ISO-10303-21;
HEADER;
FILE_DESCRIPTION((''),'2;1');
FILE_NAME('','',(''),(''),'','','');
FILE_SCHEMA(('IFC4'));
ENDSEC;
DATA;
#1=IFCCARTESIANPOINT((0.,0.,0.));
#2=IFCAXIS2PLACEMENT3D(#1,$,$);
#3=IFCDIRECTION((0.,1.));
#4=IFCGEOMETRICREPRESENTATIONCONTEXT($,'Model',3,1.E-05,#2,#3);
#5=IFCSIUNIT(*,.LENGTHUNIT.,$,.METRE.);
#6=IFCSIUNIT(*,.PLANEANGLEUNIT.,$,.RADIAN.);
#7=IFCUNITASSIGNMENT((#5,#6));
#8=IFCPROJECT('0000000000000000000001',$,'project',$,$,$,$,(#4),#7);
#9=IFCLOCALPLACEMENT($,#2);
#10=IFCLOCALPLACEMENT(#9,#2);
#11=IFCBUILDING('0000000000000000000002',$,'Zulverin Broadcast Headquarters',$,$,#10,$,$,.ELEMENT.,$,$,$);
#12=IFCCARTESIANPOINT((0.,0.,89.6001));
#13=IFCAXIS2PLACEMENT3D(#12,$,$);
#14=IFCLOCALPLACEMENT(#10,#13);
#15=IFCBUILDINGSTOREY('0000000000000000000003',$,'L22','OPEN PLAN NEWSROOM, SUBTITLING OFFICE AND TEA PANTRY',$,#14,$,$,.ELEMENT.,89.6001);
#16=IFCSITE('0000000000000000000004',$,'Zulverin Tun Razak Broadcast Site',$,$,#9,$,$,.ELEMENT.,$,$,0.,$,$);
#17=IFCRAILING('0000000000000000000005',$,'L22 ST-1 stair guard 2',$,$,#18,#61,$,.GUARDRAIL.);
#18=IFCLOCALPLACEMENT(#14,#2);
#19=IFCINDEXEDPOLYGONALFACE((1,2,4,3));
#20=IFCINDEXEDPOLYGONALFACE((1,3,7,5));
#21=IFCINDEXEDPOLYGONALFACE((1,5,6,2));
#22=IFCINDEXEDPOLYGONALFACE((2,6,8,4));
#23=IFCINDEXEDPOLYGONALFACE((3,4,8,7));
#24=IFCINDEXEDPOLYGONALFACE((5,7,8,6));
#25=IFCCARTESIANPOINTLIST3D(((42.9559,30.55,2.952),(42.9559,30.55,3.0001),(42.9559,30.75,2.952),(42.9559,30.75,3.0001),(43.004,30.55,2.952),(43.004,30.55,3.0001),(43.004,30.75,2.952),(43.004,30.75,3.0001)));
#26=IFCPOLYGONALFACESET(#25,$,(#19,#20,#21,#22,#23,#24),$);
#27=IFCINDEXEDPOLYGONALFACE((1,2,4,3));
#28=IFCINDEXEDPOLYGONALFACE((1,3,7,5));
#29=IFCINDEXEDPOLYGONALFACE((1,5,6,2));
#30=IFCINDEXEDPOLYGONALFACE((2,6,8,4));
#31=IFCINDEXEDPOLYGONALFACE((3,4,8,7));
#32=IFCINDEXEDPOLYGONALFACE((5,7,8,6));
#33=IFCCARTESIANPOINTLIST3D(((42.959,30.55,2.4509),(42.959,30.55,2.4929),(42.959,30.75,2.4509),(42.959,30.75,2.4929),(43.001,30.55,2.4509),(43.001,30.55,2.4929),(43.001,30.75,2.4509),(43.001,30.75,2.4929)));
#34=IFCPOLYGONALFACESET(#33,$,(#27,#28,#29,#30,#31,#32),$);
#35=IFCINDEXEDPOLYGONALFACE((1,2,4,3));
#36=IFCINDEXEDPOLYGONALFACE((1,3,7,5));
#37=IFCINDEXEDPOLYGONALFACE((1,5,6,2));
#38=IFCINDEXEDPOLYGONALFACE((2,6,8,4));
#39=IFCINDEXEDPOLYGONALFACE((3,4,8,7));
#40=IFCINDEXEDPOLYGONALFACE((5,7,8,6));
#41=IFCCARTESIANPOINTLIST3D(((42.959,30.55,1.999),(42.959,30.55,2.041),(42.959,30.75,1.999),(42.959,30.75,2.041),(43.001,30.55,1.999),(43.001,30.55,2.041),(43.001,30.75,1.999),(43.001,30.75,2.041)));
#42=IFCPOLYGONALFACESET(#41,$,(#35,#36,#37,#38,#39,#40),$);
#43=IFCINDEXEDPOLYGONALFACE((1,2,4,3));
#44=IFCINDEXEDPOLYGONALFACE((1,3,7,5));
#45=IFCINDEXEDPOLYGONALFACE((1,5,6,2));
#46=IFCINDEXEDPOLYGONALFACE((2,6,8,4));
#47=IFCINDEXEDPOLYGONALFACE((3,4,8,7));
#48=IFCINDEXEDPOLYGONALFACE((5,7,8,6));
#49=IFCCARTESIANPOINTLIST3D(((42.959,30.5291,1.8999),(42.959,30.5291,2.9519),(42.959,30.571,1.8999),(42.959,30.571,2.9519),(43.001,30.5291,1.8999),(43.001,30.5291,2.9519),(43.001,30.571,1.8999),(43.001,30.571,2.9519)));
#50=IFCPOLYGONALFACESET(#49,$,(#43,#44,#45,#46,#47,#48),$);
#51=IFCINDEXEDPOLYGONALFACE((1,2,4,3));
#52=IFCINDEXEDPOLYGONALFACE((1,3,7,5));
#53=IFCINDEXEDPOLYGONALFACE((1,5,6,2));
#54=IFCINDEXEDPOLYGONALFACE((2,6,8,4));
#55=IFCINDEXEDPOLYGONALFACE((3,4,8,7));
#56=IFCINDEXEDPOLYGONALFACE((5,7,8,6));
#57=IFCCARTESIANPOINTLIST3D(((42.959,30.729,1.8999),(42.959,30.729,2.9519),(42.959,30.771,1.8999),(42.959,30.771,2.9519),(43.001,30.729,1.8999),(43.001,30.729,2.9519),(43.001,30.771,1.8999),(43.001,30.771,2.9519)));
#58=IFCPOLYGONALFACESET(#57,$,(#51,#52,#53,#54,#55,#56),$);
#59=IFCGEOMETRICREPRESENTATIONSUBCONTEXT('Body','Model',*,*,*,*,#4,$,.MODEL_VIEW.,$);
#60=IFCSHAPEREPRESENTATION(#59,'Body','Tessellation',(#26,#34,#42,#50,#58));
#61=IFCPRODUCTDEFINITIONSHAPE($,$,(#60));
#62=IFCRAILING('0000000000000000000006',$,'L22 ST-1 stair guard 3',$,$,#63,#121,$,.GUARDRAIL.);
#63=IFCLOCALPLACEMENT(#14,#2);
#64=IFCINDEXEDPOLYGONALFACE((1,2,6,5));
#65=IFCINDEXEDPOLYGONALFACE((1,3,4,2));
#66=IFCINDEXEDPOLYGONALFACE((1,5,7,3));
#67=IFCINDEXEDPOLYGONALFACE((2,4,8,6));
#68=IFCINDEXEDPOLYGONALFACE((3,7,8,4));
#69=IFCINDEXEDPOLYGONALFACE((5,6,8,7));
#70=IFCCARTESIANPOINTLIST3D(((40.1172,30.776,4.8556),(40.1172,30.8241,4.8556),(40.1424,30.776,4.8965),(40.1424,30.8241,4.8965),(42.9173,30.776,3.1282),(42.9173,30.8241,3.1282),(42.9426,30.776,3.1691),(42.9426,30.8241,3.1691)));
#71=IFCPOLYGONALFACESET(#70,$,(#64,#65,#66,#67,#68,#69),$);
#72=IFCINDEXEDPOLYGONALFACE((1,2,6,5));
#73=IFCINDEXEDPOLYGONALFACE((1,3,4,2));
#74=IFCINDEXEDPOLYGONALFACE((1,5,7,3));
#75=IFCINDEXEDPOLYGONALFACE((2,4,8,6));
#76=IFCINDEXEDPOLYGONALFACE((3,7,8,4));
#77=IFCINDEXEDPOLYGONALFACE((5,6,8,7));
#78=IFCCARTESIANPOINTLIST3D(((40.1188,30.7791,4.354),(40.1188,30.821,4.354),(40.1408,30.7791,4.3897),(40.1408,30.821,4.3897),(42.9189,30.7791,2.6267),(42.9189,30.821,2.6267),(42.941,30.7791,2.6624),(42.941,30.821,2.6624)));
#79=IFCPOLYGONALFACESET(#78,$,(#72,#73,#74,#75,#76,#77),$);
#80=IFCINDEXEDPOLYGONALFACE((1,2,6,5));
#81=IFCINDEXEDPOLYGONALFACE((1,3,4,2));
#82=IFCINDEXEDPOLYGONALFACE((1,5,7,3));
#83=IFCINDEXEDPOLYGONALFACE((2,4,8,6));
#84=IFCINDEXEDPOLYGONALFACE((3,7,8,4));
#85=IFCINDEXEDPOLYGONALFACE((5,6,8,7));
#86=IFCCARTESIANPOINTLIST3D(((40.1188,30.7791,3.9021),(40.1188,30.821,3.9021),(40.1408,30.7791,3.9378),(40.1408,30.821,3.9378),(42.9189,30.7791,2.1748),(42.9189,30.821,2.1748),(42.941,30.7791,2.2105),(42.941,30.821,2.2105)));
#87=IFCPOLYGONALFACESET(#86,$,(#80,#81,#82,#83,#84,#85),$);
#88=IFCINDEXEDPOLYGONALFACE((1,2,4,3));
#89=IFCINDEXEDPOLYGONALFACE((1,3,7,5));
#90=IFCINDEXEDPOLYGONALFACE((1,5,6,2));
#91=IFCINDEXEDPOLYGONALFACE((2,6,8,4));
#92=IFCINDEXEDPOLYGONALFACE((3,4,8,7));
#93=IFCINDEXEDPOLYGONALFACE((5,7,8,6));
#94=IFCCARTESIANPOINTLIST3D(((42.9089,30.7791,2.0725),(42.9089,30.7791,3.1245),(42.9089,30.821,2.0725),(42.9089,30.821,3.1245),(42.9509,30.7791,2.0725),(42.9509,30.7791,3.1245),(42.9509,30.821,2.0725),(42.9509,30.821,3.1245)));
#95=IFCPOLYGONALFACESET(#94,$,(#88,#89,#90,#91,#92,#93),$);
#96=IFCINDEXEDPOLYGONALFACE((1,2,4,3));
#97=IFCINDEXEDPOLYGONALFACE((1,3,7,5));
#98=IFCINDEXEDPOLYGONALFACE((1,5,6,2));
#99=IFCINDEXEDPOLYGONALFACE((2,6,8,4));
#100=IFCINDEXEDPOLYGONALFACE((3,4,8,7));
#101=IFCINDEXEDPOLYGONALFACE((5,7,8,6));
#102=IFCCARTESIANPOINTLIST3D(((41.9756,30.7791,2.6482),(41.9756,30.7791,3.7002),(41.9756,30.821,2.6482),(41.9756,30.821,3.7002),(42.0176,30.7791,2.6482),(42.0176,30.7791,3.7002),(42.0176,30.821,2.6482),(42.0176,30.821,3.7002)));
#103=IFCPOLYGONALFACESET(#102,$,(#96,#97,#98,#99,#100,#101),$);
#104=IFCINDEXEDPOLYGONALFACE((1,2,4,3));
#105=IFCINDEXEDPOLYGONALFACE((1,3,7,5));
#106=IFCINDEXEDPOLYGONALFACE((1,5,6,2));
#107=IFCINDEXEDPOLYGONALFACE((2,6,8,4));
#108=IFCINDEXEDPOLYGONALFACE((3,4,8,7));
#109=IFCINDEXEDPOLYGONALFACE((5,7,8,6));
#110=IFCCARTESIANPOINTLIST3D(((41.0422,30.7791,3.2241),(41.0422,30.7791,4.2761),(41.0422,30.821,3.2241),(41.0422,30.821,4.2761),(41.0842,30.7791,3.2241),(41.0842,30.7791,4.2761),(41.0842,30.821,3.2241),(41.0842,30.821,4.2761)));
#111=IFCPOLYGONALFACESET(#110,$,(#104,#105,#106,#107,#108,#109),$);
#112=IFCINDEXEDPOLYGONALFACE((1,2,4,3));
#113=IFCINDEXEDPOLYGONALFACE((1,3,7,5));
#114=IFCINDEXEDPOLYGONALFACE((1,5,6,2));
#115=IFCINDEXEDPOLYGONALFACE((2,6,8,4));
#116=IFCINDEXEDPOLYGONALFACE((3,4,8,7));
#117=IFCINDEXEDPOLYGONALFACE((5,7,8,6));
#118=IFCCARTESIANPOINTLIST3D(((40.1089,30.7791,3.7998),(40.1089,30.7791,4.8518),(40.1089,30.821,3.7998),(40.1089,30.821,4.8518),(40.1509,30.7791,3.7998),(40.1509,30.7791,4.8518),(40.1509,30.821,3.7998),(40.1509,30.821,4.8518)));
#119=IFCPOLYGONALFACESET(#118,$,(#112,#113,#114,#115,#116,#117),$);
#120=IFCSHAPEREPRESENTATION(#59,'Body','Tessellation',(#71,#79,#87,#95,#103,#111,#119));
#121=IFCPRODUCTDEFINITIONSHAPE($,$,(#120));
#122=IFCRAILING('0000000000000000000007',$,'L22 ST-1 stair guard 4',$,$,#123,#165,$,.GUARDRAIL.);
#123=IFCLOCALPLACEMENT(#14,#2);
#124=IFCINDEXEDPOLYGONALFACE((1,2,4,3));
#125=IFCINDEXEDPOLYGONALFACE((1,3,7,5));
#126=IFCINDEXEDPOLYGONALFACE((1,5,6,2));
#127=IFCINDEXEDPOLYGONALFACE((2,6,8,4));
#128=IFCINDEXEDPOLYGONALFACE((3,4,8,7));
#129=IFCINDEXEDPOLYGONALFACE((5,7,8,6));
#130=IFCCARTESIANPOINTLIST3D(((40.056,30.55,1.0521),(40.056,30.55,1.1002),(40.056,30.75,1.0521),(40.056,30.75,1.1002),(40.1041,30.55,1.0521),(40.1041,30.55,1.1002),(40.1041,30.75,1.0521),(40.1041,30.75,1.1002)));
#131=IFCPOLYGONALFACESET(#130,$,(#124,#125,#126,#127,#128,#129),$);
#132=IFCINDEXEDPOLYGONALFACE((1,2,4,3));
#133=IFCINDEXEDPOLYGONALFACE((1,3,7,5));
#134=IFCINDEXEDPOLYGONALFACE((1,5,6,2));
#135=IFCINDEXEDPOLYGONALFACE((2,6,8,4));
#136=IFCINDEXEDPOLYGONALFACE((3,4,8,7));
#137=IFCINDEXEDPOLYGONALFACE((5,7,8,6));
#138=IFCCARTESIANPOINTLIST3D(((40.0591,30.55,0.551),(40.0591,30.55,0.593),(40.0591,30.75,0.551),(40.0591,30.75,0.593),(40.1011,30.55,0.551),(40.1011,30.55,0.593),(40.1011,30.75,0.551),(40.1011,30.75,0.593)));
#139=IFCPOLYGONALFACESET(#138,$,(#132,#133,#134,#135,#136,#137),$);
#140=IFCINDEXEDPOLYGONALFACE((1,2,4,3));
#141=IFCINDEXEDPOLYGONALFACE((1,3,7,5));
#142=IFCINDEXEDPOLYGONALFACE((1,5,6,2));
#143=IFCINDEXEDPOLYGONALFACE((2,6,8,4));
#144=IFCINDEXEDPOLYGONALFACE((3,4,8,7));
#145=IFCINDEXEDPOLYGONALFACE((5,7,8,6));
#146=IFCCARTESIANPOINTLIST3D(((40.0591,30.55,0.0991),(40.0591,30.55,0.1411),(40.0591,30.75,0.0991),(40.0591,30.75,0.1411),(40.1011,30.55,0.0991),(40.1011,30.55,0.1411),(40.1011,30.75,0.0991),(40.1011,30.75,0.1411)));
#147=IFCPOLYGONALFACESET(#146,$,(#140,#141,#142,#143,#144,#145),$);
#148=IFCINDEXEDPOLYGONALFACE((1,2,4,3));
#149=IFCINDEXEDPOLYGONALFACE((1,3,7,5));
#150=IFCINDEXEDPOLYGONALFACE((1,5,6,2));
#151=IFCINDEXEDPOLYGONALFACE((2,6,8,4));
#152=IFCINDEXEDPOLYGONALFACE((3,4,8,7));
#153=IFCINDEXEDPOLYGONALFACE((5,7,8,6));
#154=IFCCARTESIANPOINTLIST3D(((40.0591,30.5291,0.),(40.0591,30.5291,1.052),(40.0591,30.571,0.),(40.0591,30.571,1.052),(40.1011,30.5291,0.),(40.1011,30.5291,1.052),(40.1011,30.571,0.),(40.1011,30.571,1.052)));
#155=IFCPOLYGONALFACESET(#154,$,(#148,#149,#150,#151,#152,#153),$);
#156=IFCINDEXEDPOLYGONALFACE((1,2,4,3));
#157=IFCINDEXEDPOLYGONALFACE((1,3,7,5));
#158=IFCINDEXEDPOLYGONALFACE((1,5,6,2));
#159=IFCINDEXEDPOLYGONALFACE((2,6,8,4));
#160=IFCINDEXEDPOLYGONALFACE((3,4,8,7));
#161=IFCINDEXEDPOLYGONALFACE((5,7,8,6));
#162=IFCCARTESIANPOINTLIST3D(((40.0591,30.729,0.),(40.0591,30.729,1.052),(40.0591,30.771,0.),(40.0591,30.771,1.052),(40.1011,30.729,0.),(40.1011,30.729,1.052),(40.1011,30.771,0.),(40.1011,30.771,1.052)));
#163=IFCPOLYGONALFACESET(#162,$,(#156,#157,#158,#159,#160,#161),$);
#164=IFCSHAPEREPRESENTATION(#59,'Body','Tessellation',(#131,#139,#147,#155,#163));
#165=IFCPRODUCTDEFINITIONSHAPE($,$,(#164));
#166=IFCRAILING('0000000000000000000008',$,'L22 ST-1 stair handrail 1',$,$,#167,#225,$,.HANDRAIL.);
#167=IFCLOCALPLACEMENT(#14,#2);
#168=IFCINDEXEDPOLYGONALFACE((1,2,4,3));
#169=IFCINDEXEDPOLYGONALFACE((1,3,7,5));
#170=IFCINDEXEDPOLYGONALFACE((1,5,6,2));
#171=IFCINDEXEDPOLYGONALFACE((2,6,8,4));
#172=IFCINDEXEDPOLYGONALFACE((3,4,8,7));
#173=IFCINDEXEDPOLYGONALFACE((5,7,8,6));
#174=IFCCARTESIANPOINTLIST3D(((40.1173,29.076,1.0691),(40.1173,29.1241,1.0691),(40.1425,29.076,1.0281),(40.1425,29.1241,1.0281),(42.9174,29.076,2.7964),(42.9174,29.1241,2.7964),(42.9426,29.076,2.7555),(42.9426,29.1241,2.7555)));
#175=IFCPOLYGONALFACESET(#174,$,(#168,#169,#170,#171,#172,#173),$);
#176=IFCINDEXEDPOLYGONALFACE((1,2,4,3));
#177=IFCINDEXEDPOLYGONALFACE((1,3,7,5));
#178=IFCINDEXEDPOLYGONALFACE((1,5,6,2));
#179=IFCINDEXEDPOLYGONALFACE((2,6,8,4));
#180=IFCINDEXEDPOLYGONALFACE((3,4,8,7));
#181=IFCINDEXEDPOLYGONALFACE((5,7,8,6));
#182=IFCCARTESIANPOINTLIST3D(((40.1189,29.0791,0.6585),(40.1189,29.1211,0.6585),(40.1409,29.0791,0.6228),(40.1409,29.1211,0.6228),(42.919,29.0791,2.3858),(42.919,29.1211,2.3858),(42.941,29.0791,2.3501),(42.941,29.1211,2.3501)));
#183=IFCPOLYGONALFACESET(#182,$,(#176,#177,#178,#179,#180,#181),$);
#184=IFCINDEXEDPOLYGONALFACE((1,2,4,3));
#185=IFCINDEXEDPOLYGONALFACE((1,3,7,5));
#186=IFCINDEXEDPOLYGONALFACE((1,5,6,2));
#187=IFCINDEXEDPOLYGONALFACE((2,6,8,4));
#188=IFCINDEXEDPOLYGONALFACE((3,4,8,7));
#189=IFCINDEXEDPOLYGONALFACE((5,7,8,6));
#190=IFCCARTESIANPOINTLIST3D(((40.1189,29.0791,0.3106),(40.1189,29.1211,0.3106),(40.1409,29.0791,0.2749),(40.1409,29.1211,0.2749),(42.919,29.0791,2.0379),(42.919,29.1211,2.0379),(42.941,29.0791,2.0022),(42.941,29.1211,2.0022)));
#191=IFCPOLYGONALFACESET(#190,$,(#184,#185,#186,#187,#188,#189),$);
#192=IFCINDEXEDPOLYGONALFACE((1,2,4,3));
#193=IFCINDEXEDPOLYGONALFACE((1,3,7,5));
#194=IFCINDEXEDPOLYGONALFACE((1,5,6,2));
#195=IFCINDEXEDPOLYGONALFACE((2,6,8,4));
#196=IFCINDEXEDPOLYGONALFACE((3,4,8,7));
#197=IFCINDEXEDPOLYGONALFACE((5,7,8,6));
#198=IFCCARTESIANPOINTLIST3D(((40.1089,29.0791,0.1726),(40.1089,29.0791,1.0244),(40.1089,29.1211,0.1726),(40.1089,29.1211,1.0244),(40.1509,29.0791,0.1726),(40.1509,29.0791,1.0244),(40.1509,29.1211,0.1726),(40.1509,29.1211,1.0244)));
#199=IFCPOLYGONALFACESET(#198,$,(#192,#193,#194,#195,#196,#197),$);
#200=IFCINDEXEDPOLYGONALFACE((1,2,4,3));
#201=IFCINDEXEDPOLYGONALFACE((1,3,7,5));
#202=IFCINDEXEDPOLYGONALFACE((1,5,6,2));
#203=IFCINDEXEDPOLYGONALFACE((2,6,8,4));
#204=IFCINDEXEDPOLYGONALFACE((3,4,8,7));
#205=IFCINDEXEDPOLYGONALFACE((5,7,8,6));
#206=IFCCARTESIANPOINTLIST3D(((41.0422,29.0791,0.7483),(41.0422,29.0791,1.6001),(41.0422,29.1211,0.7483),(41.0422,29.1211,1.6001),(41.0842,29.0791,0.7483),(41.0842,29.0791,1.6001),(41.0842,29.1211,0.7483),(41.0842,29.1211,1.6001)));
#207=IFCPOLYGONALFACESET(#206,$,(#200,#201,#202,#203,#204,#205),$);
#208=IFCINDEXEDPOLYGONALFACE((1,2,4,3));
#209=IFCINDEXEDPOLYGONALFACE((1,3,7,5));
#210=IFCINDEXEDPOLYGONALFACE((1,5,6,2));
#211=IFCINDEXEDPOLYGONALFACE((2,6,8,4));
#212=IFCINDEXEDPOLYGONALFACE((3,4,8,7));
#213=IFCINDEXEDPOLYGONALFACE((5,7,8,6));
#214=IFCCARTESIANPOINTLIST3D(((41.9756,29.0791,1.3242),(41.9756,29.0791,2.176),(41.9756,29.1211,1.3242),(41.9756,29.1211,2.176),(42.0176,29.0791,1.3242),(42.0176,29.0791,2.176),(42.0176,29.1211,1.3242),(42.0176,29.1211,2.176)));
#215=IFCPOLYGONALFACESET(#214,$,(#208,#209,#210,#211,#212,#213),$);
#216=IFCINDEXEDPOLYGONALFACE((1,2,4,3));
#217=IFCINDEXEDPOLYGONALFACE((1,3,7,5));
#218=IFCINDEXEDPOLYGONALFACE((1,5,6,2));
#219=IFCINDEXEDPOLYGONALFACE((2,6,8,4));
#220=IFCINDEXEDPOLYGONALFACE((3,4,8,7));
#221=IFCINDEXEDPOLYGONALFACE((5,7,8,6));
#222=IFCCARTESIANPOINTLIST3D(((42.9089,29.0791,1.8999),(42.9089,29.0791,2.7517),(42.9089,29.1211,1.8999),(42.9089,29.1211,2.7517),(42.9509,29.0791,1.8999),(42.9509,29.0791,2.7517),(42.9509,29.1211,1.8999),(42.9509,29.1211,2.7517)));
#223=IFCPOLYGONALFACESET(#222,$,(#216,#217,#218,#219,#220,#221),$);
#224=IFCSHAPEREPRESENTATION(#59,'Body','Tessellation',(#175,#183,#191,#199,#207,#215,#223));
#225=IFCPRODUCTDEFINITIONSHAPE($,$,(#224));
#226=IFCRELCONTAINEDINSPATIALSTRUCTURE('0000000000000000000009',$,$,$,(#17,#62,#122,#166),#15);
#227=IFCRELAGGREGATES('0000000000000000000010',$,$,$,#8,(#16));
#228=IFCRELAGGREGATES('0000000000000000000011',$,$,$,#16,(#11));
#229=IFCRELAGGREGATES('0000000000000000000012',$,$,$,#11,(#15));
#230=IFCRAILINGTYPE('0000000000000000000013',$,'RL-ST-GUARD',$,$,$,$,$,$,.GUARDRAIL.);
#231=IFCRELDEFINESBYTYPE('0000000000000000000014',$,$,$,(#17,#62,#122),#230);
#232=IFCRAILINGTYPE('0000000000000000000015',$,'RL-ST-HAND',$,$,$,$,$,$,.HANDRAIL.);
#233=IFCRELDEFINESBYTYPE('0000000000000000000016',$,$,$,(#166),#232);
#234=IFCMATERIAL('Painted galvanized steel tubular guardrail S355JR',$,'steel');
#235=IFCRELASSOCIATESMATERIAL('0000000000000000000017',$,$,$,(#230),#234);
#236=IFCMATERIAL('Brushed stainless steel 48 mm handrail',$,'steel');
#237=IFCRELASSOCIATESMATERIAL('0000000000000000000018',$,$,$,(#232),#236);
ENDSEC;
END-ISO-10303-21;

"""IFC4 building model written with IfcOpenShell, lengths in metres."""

from ifc_helpers import new_model, si_unit, direction, frame, origin, origin_2d, place, context, subcontext, project, spatial, rectangle, extrude, material, type_object, element, save


model = new_model("IFC4")

# Units and contexts
model_context = context("Model", 3, precision=1e-05, world=origin(), true_north=direction((0.0, 1.0)))
body_context = subcontext(model_context, "Body", "Model", "MODEL_VIEW")
ifc_project = project(units=[si_unit("LENGTHUNIT", "METRE"), si_unit("PLANEANGLEUNIT", "RADIAN")], contexts=[model_context])

# Site, building, storey
site_placement = place(None, origin())
site = spatial("IfcSite", under=ifc_project, at=site_placement, Name="Zulverin Tun Razak Broadcast Site", CompositionType="ELEMENT", RefElevation=0.0)
building_placement = place(site_placement, origin())
building = spatial("IfcBuilding", under=site, at=building_placement, Name="Zulverin Broadcast Headquarters", CompositionType="ELEMENT")
storey_placement = place(building_placement, frame((0.0, 0.0, 89.6001)))
storey = spatial("IfcBuildingStorey", under=building, at=storey_placement, Name="L22", Description="OPEN PLAN NEWSROOM, SUBTITLING OFFICE AND TEA PANTRY", CompositionType="ELEMENT", Elevation=89.6001)

# Railings
ifc_material_1 = material(Name="Painted galvanized steel tubular guardrail S355JR", Category="steel")
railing_type_1 = type_object("IfcRailingType", Name="RL-ST-GUARD", PredefinedType="GUARDRAIL", material=ifc_material_1)
railing_1_placement = place(storey_placement, frame((42.98, 30.55, 1.8999)))
element("IfcRailing", 1, at=railing_1_placement, inside=storey, type_object=railing_type_1, Name="L22 ST-1 stair guard 2", PredefinedType="GUARDRAIL", context=body_context, shape_type="SweptSolid", body=[
    extrude(rectangle(XDim=0.0481, YDim=0.0481, at=origin_2d()), frame((0.0, 0.0, 1.0762), z_axis=(0.0, 1.0, 0.0), x_axis=(-1.0, 0.0, 0.0)), (0.0, 0.0, 1.0), 0.2),
    extrude(rectangle(XDim=0.042, YDim=0.042, at=origin_2d()), frame((0.0, 0.0, 0.572), z_axis=(0.0, 1.0, 0.0), x_axis=(-1.0, 0.0, 0.0)), (0.0, 0.0, 1.0), 0.2),
    extrude(rectangle(XDim=0.042, YDim=0.042, at=origin_2d()), frame((0.0, 0.0, 0.1201), z_axis=(0.0, 1.0, 0.0), x_axis=(-1.0, 0.0, 0.0)), (0.0, 0.0, 1.0), 0.2),
    extrude(rectangle(XDim=0.042, YDim=0.042, at=origin_2d()), origin(), (0.0, 0.0, 1.0), 1.052),
    extrude(rectangle(XDim=0.042, YDim=0.042, at=origin_2d()), frame((0.0, 0.2, 0.0)), (0.0, 0.0, 1.0), 1.052),
])
railing_2_placement = place(storey_placement, frame((42.9299, 30.8, 2.0725)))
element("IfcRailing", 2, at=railing_2_placement, inside=storey, type_object=railing_type_1, Name="L22 ST-1 stair guard 3", PredefinedType="GUARDRAIL", context=body_context, shape_type="SweptSolid", body=[
    extrude(rectangle(XDim=0.0481, YDim=0.0481, at=origin_2d()), frame((0.0, 0.0, 1.0762), z_axis=(-0.85109, 0.0, 0.52502), x_axis=(0.0, -1.0, 0.0)), (0.0, 0.0, 1.0), 3.29),
    extrude(rectangle(XDim=0.042, YDim=0.042, at=origin_2d()), frame((0.0, 0.0, 0.572), z_axis=(-0.85109, 0.0, 0.52502), x_axis=(0.0, -1.0, 0.0)), (0.0, 0.0, 1.0), 3.29),
    extrude(rectangle(XDim=0.042, YDim=0.042, at=origin_2d()), frame((0.0, 0.0, 0.1201), z_axis=(-0.85109, 0.0, 0.52502), x_axis=(0.0, -1.0, 0.0)), (0.0, 0.0, 1.0), 3.29),
    extrude(rectangle(XDim=0.042, YDim=0.042, at=origin_2d()), origin(), (0.0, 0.0, 1.0), 1.052),
    extrude(rectangle(XDim=0.042, YDim=0.042, at=origin_2d()), frame((-0.9333, 0.0, 0.5757)), (0.0, 0.0, 1.0), 1.052),
    extrude(rectangle(XDim=0.042, YDim=0.042, at=origin_2d()), frame((-1.8667, 0.0, 1.1516)), (0.0, 0.0, 1.0), 1.052),
    extrude(rectangle(XDim=0.042, YDim=0.042, at=origin_2d()), frame((-2.8, 0.0, 1.7273)), (0.0, 0.0, 1.0), 1.052),
])
railing_3_placement = place(storey_placement, frame((40.0801, 30.55, 0.0)))
element("IfcRailing", 3, at=railing_3_placement, inside=storey, type_object=railing_type_1, Name="L22 ST-1 stair guard 4", PredefinedType="GUARDRAIL", context=body_context, shape_type="SweptSolid", body=[
    extrude(rectangle(XDim=0.0481, YDim=0.0481, at=origin_2d()), frame((0.0, 0.0, 1.0762), z_axis=(0.0, 1.0, 0.0), x_axis=(-1.0, 0.0, 0.0)), (0.0, 0.0, 1.0), 0.2),
    extrude(rectangle(XDim=0.042, YDim=0.042, at=origin_2d()), frame((0.0, 0.0, 0.572), z_axis=(0.0, 1.0, 0.0), x_axis=(-1.0, 0.0, 0.0)), (0.0, 0.0, 1.0), 0.2),
    extrude(rectangle(XDim=0.042, YDim=0.042, at=origin_2d()), frame((0.0, 0.0, 0.1201), z_axis=(0.0, 1.0, 0.0), x_axis=(-1.0, 0.0, 0.0)), (0.0, 0.0, 1.0), 0.2),
    extrude(rectangle(XDim=0.042, YDim=0.042, at=origin_2d()), origin(), (0.0, 0.0, 1.0), 1.052),
    extrude(rectangle(XDim=0.042, YDim=0.042, at=origin_2d()), frame((0.0, 0.2, 0.0)), (0.0, 0.0, 1.0), 1.052),
])
ifc_material_2 = material(Name="Brushed stainless steel 48 mm handrail", Category="steel")
railing_type_2 = type_object("IfcRailingType", Name="RL-ST-HAND", PredefinedType="HANDRAIL", material=ifc_material_2)
railing_4_placement = place(storey_placement, frame((40.1299, 29.1001, 0.1726)))
element("IfcRailing", 4, at=railing_4_placement, inside=storey, type_object=railing_type_2, Name="L22 ST-1 stair handrail 1", PredefinedType="HANDRAIL", context=body_context, shape_type="SweptSolid", body=[
    extrude(rectangle(XDim=0.0481, YDim=0.0481, at=origin_2d()), frame((0.0, 0.0, 0.876), z_axis=(0.85109, 0.0, 0.52502), x_axis=(0.0, 1.0, 0.0)), (0.0, 0.0, 1.0), 3.29),
    extrude(rectangle(XDim=0.042, YDim=0.042, at=origin_2d()), frame((0.0, 0.0, 0.468), z_axis=(0.85109, 0.0, 0.52502), x_axis=(0.0, 1.0, 0.0)), (0.0, 0.0, 1.0), 3.29),
    extrude(rectangle(XDim=0.042, YDim=0.042, at=origin_2d()), frame((0.0, 0.0, 0.1201), z_axis=(0.85109, 0.0, 0.52502), x_axis=(0.0, 1.0, 0.0)), (0.0, 0.0, 1.0), 3.29),
    extrude(rectangle(XDim=0.042, YDim=0.042, at=origin_2d()), origin(), (0.0, 0.0, 1.0), 0.8518),
    extrude(rectangle(XDim=0.042, YDim=0.042, at=origin_2d()), frame((0.9333, 0.0, 0.5757)), (0.0, 0.0, 1.0), 0.8518),
    extrude(rectangle(XDim=0.042, YDim=0.042, at=origin_2d()), frame((1.8667, 0.0, 1.1516)), (0.0, 0.0, 1.0), 0.8518),
    extrude(rectangle(XDim=0.042, YDim=0.042, at=origin_2d()), frame((2.8, 0.0, 1.7273)), (0.0, 0.0, 1.0), 0.8518),
])

save(model, "model.ifc")
